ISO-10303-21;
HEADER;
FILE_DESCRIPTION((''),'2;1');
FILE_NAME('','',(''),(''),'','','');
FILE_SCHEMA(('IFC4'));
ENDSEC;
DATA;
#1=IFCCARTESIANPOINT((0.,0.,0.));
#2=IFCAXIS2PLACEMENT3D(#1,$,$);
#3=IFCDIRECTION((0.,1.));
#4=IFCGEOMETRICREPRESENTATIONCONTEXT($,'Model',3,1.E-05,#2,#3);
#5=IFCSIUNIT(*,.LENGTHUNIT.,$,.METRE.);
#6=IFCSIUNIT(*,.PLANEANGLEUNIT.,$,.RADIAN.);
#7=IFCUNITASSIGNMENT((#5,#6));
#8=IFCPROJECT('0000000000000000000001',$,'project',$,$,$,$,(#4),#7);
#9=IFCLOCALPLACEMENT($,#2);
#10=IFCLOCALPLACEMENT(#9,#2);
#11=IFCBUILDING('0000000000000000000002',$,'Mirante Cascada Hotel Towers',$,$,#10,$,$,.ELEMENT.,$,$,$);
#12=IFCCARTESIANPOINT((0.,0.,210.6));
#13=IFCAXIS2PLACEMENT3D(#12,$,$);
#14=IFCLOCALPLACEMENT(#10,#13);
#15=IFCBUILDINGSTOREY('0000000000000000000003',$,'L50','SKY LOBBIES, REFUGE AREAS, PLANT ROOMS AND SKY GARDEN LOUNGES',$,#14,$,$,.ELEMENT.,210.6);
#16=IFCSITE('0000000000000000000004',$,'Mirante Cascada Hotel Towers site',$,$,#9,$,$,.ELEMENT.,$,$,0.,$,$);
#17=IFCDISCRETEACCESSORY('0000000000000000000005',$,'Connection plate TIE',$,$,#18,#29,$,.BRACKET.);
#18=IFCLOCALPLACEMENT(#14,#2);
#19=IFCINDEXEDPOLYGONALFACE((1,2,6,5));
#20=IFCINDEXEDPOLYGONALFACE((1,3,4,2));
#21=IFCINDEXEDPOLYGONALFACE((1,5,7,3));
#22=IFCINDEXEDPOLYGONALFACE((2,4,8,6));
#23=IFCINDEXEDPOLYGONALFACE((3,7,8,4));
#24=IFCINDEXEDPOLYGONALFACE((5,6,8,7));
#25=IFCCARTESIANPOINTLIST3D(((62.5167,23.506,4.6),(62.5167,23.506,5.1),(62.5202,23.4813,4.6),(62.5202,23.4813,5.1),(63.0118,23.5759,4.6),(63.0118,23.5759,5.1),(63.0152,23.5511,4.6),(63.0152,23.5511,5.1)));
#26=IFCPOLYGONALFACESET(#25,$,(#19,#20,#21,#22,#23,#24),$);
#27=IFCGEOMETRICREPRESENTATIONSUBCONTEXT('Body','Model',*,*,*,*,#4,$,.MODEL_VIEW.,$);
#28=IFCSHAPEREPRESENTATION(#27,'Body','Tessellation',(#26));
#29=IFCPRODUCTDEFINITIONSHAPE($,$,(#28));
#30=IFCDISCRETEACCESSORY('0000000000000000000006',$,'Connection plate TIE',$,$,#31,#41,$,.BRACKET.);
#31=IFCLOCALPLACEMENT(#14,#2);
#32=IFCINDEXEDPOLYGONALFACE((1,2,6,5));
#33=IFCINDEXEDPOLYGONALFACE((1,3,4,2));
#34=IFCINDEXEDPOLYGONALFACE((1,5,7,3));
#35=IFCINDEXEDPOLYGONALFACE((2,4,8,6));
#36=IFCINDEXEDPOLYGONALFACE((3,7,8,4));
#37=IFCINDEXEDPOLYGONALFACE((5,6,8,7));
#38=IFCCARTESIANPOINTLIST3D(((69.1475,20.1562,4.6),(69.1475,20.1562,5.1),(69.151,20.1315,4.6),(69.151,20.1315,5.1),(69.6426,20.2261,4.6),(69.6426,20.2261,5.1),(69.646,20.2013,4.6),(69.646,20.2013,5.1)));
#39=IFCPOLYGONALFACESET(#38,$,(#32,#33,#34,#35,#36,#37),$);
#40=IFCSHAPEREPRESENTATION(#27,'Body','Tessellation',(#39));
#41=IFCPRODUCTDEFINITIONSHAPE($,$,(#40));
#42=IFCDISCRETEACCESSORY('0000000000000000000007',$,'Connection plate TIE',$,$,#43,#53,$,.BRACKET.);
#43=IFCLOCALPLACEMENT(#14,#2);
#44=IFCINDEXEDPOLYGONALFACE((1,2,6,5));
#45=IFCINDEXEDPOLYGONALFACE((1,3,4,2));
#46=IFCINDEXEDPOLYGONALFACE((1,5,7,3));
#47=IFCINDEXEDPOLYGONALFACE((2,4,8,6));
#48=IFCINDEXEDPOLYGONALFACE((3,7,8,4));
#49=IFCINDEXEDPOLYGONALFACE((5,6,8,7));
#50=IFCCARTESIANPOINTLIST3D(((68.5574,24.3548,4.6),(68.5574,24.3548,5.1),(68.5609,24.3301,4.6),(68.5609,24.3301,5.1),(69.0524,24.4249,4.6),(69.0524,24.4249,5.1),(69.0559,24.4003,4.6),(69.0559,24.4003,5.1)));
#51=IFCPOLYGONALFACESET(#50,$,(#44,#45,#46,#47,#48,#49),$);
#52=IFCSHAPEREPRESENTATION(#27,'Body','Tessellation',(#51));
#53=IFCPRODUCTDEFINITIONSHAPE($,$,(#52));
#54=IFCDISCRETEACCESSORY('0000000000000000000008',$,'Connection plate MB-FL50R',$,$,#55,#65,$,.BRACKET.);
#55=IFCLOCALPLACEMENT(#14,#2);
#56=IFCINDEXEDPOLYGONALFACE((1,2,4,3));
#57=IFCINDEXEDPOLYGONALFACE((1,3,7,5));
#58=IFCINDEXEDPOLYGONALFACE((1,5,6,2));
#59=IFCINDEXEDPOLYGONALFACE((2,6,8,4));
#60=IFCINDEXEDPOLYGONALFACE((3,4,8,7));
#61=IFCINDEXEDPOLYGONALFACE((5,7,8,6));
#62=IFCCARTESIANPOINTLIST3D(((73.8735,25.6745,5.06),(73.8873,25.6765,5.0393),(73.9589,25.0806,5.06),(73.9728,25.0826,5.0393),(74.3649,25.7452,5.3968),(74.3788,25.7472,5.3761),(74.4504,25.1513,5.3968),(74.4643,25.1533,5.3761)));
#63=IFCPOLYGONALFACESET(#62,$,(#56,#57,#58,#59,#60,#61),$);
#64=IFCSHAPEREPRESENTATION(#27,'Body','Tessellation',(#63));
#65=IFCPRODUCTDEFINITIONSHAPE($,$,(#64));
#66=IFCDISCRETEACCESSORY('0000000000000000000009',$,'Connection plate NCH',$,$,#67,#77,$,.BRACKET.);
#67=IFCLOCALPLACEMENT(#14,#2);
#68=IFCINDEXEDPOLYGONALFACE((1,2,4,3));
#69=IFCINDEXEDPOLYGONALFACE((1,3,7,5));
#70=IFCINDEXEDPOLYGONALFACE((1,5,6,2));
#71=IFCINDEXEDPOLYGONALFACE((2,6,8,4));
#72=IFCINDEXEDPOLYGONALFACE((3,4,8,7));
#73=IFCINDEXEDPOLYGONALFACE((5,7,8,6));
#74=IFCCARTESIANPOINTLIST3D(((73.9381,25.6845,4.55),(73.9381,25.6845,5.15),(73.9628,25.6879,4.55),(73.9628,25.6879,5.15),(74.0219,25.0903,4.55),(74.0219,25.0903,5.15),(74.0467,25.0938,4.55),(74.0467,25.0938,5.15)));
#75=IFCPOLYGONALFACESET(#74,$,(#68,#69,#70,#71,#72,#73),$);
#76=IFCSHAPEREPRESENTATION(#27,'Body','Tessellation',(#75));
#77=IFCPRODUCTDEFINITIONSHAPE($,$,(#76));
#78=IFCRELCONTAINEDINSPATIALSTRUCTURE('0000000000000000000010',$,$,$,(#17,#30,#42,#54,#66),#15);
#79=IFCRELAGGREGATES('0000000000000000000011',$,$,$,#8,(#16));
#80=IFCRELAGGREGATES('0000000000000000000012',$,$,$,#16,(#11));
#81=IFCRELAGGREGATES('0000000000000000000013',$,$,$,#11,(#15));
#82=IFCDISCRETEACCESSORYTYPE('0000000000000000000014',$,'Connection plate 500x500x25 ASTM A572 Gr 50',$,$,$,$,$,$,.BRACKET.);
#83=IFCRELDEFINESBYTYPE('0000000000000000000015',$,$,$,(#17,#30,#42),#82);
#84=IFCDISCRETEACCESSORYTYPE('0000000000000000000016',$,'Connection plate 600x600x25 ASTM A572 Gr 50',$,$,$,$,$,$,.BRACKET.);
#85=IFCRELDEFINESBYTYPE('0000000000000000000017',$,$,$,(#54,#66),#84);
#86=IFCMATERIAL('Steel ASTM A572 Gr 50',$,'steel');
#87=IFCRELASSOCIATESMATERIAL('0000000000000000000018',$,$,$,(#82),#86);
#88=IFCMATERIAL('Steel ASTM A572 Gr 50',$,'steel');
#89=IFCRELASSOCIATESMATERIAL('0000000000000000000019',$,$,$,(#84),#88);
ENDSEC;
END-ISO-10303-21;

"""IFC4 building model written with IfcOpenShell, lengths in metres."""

from ifc_helpers import new_model, si_unit, direction, frame, origin, origin_2d, place, context, subcontext, project, spatial, rectangle, extrude, material, material_profile, profile_set, type_object, element, save


model = new_model("IFC4")

# Units and contexts
model_context = context("Model", 3, precision=1e-05, world=origin(), true_north=direction((0.0, 1.0)))
body_context = subcontext(model_context, "Body", "Model", "MODEL_VIEW")
ifc_project = project(units=[si_unit("LENGTHUNIT", "METRE"), si_unit("PLANEANGLEUNIT", "RADIAN")], contexts=[model_context])

# Site, building, storey
site_placement = place(None, origin())
site = spatial("IfcSite", under=ifc_project, at=site_placement, Name="Mirante Cascada Hotel Towers site", CompositionType="ELEMENT", RefElevation=0.0)
building_placement = place(site_placement, origin())
building = spatial("IfcBuilding", under=site, at=building_placement, Name="Mirante Cascada Hotel Towers", CompositionType="ELEMENT")
storey_placement = place(building_placement, frame((0.0, 0.0, 210.6)))
storey = spatial("IfcBuildingStorey", under=building, at=storey_placement, Name="L50", Description="SKY LOBBIES, REFUGE AREAS, PLANT ROOMS AND SKY GARDEN LOUNGES", CompositionType="ELEMENT", Elevation=210.6)

# Discrete accessories
ifc_material_1 = material(Name="Steel ASTM A572 Gr 50", Category="steel")
ifc_material_profile_1 = material_profile(ifc_material_1, rectangle(XDim=0.5, YDim=0.5, at=origin_2d()), Name="Connection plate 500x500x25 ASTM A572 Gr 50")
ifc_profile_set_1 = profile_set([ifc_material_profile_1], Name="Steel ASTM A572 Gr 50")
discrete_accessory_type_1 = type_object("IfcDiscreteAccessoryType", Name="Connection plate 500x500x25 ASTM A572 Gr 50", PredefinedType="BRACKET", material=ifc_profile_set_1)
for number, where, z_axis, x_axis, name in (
    (1, (62.7677, 23.5162, 4.85), (-0.139744, 0.990188, 0.0), (-0.990188, -0.139744, 0.0), "Connection plate TIE"),
    (2, (69.3985, 20.1664, 4.85), (-0.139744, 0.990188, 0.0), (-0.990188, -0.139744, 0.0), "Connection plate TIE"),
):
    element("IfcDiscreteAccessory", number, at=place(storey_placement, frame(where, z_axis=z_axis, x_axis=x_axis)), inside=storey, type_object=discrete_accessory_type_1, Name=name, PredefinedType="BRACKET", context=body_context, shape_type="SweptSolid", body=[
        extrude(rectangle(XDim=0.5, YDim=0.5, at=origin_2d()), origin(), (0.0, 0.0, 1.0), 0.025),
    ])
discrete_accessory_1_placement = place(storey_placement, frame((68.8084, 24.3652, 4.85), z_axis=(-0.140299, 0.990109, 0.0), x_axis=(-0.990109, -0.140299, 0.0)))
element("IfcDiscreteAccessory", 3, at=discrete_accessory_1_placement, inside=storey, type_object=discrete_accessory_type_1, Name="Connection plate TIE", PredefinedType="BRACKET", context=body_context, shape_type="SweptSolid", body=[
    extrude(rectangle(XDim=0.5, YDim=0.5, at=origin_2d()), origin(), (0.0, 0.0, 1.0), 0.0249),
])
ifc_material_2 = material(Name="Steel ASTM A572 Gr 50", Category="steel")
ifc_material_profile_2 = material_profile(ifc_material_2, rectangle(XDim=0.6, YDim=0.6, at=origin_2d()), Name="Connection plate 600x600x25 ASTM A572 Gr 50")
ifc_profile_set_2 = profile_set([ifc_material_profile_2], Name="Steel ASTM A572 Gr 50")
discrete_accessory_type_2 = type_object("IfcDiscreteAccessoryType", Name="Connection plate 600x600x25 ASTM A572 Gr 50", PredefinedType="BRACKET", material=ifc_profile_set_2)
for number, where, z_axis, x_axis, name in (
    (4, (74.1758, 25.4149, 5.2077), (-0.555689, -0.079955, 0.827537), (0.142418, -0.989807, 0.0), "Connection plate MB-FL50R"),
    (5, (73.98, 25.3874, 4.85), (0.990188, 0.139744, 0.0), (-0.139744, 0.990188, 0.0), "Connection plate NCH"),
):
    element("IfcDiscreteAccessory", number, at=place(storey_placement, frame(where, z_axis=z_axis, x_axis=x_axis)), inside=storey, type_object=discrete_accessory_type_2, Name=name, PredefinedType="BRACKET", context=body_context, shape_type="SweptSolid", body=[
        extrude(rectangle(XDim=0.6, YDim=0.6, at=origin_2d()), origin(), (0.0, 0.0, 1.0), 0.025),
    ])

save(model, "model.ifc")
